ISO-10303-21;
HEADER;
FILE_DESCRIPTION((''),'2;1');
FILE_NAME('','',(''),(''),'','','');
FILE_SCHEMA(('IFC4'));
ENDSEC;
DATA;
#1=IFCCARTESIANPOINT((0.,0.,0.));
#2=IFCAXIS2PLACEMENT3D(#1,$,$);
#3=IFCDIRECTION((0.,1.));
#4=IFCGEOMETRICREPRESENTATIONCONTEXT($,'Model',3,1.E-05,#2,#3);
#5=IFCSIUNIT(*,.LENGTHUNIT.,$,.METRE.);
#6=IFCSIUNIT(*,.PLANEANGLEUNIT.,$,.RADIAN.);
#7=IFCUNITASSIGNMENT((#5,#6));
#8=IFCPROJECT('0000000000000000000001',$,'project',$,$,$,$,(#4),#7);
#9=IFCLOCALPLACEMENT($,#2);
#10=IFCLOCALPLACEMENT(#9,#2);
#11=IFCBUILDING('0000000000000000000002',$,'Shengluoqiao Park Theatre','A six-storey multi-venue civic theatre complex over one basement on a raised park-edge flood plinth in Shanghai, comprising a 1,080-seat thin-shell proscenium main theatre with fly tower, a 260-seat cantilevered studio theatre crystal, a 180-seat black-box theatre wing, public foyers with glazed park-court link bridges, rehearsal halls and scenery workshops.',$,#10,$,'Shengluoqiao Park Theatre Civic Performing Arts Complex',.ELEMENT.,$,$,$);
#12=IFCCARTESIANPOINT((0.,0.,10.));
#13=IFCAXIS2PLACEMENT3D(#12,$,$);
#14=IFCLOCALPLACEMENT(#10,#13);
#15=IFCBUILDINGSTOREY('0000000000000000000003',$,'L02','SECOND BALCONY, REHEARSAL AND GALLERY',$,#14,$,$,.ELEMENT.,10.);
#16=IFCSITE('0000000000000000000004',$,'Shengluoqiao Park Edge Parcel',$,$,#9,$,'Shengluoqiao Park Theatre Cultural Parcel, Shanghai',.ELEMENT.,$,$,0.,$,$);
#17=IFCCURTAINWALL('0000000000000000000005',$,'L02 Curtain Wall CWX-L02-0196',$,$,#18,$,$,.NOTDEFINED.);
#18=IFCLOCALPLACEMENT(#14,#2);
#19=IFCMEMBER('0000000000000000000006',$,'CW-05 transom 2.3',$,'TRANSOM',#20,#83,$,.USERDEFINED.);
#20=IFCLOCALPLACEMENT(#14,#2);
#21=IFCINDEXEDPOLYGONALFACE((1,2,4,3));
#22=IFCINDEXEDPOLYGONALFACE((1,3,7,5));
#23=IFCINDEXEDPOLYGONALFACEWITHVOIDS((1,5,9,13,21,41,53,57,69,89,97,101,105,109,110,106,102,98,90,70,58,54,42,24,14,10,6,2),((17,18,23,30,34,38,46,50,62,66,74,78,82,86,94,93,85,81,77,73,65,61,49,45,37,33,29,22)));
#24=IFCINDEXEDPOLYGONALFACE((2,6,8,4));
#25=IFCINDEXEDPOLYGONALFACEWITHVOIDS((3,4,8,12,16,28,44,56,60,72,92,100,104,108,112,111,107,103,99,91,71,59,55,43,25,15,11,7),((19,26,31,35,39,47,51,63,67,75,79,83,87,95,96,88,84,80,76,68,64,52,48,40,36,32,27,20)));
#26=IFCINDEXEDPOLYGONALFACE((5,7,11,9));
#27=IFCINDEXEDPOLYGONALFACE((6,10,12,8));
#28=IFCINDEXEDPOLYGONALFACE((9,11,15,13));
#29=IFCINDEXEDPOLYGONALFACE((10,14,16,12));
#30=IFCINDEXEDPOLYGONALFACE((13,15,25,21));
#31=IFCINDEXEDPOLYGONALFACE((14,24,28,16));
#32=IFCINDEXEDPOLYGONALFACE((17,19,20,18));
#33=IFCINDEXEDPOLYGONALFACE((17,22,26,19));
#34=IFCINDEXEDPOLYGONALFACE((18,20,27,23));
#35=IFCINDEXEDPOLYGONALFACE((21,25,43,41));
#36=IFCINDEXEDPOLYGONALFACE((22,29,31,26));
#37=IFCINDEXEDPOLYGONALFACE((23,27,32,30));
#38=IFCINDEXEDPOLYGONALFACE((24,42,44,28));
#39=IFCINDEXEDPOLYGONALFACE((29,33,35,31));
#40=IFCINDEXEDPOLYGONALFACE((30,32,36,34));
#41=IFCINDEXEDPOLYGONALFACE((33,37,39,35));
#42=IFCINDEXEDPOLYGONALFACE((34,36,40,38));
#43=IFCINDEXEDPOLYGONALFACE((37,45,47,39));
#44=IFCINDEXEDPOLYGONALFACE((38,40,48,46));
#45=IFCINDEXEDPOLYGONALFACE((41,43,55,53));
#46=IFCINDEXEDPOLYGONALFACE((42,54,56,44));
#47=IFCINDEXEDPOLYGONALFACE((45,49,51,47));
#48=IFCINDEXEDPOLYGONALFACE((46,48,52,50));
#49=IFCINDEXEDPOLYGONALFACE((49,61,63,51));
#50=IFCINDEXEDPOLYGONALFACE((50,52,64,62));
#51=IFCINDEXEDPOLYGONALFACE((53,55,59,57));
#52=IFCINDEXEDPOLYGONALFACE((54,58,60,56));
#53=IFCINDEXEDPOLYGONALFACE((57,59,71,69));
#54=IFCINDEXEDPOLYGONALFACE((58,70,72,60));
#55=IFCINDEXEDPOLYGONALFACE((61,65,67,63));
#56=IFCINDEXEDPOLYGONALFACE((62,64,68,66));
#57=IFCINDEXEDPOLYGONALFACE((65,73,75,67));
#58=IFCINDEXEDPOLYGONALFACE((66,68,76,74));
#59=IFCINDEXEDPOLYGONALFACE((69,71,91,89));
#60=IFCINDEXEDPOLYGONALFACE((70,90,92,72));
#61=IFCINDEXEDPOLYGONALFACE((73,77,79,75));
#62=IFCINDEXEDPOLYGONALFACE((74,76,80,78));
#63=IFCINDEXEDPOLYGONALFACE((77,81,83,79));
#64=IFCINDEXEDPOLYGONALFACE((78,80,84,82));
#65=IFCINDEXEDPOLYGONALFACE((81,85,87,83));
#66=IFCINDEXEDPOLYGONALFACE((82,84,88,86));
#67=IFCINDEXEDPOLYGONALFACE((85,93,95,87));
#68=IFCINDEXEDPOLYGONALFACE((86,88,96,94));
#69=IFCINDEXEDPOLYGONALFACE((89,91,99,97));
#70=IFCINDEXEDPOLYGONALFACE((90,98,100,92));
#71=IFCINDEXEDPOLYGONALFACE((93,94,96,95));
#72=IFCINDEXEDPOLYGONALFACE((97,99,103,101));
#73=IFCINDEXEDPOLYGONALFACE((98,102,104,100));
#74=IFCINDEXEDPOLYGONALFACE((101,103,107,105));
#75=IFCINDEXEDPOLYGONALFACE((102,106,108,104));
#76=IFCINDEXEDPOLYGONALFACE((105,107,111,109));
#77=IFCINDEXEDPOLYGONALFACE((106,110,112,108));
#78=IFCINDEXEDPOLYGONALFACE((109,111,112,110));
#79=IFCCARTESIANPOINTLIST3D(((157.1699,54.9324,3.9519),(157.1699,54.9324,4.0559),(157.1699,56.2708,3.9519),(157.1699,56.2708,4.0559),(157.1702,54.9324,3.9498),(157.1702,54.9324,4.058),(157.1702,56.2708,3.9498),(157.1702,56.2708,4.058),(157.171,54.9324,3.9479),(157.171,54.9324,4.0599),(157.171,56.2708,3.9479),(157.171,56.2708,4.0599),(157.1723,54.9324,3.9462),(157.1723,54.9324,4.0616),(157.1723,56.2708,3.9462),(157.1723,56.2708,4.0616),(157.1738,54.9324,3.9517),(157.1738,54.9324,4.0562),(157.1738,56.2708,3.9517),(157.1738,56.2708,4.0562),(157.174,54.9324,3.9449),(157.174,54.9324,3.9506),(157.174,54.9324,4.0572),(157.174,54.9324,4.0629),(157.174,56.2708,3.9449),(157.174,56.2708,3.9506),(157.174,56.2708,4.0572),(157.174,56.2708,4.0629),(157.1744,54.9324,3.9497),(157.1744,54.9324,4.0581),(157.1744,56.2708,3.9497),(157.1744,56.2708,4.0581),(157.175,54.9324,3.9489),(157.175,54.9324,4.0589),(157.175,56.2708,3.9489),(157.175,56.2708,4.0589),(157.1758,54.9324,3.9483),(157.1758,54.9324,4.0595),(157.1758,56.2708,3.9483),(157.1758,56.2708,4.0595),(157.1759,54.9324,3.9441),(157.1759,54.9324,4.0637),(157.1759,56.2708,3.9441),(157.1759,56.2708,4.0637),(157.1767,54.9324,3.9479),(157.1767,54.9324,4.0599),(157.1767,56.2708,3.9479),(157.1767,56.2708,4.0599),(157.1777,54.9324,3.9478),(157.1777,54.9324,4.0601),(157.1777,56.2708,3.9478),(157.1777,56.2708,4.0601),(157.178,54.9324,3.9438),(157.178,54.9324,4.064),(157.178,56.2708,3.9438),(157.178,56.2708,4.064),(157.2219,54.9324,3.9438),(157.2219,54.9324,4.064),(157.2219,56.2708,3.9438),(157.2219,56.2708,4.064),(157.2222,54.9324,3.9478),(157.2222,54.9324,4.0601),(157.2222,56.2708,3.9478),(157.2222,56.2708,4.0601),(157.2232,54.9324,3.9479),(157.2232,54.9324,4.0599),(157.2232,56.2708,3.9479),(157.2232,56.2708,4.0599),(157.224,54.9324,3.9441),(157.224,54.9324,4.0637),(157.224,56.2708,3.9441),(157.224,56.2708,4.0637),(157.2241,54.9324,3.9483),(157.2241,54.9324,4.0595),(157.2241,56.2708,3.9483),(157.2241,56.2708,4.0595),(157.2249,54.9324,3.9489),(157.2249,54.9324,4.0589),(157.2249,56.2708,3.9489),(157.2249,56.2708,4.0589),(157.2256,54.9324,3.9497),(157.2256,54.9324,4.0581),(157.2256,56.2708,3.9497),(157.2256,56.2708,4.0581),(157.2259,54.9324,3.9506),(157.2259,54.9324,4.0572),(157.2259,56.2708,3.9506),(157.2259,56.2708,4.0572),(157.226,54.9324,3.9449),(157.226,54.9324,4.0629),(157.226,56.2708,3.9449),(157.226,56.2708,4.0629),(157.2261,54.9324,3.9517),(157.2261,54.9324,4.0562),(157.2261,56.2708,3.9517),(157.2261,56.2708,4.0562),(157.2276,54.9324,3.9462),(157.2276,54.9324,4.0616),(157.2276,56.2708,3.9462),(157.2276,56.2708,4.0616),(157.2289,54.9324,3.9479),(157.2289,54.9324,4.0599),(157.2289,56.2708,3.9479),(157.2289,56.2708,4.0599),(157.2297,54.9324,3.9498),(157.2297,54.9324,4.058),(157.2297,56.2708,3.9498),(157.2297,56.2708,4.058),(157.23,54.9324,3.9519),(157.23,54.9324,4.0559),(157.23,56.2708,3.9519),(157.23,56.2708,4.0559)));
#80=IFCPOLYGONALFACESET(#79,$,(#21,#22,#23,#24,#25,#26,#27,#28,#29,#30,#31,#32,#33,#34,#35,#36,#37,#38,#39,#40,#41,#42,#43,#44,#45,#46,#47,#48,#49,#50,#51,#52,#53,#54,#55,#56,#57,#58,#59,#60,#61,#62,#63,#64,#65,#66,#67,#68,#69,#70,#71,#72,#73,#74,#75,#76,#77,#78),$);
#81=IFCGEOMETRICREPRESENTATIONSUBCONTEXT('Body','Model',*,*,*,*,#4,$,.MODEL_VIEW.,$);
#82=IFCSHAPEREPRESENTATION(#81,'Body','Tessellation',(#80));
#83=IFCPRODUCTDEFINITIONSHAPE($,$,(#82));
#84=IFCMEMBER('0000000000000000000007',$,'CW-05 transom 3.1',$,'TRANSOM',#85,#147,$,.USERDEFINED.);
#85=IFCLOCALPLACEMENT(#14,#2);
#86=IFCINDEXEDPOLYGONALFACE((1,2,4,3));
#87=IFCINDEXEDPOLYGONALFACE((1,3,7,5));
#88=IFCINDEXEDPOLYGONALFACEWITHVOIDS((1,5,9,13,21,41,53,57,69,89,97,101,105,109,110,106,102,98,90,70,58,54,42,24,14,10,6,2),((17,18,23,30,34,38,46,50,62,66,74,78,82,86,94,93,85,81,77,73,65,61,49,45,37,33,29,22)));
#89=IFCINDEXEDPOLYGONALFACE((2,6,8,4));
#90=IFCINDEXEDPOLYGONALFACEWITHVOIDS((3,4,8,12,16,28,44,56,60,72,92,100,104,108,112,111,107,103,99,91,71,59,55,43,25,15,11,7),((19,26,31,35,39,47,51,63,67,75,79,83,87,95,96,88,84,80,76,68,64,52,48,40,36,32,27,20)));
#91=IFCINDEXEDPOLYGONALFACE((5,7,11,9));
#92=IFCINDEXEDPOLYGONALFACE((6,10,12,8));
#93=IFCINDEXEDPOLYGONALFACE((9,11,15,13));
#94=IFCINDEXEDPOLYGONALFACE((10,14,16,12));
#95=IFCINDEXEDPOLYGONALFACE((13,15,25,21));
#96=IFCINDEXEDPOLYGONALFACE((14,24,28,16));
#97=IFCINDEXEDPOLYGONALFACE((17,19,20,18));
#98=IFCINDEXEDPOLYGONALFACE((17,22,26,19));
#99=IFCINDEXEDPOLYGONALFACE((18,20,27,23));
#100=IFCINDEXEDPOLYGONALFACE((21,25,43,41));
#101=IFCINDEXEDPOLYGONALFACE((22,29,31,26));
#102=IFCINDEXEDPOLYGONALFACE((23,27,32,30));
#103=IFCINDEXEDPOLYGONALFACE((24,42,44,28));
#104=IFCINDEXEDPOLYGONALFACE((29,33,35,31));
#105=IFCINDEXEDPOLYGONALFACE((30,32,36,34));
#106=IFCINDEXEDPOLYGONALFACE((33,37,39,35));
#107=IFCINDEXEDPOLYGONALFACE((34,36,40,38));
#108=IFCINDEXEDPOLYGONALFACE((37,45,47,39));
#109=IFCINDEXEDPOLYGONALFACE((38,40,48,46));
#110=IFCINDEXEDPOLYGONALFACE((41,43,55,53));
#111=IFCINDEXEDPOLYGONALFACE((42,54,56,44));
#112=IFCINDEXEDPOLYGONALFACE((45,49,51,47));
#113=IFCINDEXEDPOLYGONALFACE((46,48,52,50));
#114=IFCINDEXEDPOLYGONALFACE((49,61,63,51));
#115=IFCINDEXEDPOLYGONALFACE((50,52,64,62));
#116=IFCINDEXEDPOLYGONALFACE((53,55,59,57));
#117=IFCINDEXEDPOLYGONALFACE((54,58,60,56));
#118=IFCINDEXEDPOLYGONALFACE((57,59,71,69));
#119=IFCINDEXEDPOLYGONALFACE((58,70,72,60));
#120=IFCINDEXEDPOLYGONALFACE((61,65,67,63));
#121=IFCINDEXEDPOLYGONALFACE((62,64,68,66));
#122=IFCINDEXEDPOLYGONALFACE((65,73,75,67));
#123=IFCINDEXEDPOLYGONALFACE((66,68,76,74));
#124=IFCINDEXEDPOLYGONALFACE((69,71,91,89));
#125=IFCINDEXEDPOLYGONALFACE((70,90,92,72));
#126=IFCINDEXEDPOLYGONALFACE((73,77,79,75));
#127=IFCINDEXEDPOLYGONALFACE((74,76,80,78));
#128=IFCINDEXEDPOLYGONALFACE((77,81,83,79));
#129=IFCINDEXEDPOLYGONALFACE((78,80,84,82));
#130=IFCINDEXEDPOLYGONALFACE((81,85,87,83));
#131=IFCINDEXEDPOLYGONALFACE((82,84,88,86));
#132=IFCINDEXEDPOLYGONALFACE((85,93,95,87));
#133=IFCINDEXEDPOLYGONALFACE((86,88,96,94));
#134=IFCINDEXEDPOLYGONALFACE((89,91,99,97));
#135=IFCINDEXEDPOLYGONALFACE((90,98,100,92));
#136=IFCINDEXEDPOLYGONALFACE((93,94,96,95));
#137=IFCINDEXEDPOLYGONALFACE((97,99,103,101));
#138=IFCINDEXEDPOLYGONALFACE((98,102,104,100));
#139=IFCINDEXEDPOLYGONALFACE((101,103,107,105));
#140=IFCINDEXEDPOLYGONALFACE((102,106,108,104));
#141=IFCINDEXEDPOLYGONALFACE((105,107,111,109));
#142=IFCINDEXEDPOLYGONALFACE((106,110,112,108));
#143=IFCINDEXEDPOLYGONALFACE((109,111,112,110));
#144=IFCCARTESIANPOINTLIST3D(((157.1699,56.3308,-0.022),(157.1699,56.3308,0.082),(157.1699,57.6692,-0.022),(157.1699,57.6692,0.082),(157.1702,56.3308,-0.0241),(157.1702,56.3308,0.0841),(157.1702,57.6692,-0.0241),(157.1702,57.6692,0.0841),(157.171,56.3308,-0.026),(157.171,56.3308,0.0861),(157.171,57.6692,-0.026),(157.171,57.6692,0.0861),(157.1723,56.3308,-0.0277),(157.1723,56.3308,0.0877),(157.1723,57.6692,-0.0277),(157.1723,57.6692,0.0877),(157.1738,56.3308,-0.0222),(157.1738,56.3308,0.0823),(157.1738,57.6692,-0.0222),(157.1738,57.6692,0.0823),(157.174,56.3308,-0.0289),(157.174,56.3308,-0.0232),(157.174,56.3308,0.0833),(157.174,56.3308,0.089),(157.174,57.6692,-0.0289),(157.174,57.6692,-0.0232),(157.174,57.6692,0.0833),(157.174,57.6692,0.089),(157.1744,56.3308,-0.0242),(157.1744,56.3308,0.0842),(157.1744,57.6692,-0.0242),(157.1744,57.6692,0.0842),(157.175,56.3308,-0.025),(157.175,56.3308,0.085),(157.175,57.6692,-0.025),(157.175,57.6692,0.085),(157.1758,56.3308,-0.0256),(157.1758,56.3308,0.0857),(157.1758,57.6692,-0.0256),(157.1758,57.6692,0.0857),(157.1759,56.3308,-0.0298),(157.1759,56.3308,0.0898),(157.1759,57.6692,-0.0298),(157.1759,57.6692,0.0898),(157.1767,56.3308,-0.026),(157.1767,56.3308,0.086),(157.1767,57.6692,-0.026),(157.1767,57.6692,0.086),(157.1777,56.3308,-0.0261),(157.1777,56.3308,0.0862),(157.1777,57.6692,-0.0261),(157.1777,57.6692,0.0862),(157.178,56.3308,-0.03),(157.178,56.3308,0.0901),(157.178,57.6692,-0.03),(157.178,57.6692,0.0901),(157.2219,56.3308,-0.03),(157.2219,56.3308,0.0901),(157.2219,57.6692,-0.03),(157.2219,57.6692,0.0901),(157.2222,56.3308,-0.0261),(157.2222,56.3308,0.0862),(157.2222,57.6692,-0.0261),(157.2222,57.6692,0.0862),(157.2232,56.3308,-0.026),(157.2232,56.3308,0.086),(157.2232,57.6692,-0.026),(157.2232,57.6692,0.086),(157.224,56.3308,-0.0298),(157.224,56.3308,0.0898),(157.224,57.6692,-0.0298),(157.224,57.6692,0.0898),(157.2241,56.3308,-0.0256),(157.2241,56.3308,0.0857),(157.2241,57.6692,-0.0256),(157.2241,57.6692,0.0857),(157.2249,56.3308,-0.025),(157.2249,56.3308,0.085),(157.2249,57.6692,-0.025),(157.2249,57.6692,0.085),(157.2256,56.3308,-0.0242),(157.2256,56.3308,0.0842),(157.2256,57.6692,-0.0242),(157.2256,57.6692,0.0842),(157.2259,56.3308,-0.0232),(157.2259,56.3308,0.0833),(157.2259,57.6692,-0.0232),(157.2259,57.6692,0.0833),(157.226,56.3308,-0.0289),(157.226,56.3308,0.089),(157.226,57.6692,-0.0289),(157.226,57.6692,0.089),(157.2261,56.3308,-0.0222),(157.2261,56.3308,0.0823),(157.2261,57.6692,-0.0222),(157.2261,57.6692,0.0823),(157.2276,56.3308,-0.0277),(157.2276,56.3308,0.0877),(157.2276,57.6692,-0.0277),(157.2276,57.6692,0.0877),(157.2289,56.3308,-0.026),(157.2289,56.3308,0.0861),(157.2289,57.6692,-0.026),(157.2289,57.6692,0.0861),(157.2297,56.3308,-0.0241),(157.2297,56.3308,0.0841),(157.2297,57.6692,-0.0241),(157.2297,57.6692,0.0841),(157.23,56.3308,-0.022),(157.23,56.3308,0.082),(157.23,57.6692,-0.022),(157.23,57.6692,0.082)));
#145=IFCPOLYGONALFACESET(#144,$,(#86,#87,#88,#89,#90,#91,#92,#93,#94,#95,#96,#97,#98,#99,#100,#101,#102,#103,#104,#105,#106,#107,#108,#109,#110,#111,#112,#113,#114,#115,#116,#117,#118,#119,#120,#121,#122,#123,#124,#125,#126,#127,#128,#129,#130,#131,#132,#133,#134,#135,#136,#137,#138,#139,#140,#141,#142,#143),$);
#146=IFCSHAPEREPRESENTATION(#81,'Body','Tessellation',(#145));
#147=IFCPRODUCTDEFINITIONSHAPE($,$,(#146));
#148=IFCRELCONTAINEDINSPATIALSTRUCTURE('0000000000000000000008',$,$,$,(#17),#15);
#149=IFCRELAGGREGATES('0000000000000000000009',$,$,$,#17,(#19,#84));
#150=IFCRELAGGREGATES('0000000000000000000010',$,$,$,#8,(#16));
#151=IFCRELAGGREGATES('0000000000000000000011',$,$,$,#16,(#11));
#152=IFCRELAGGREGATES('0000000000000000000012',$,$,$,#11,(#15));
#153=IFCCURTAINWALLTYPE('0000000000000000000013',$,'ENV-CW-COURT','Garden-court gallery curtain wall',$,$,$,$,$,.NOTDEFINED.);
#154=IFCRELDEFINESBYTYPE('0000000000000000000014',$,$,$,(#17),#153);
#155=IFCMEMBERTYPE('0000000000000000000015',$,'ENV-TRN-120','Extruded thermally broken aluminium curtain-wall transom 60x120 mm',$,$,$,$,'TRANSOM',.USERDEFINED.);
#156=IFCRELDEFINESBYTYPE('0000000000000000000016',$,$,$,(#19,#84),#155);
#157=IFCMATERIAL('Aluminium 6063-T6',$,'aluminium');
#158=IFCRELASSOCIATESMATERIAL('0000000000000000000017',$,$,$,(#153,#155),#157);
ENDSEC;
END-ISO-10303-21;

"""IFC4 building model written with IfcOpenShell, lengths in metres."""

from ifc_helpers import new_model, si_unit, direction, frame, origin, origin_2d, place, context, subcontext, project, spatial, hollow_rectangle, extrude, material, material_profile, profile_set, type_object, element, aggregate, save


model = new_model("IFC4")

# Units and contexts
model_context = context("Model", 3, precision=1e-05, world=origin(), true_north=direction((0.0, 1.0)))
body_context = subcontext(model_context, "Body", "Model", "MODEL_VIEW")
ifc_project = project(units=[si_unit("LENGTHUNIT", "METRE"), si_unit("PLANEANGLEUNIT", "RADIAN")], contexts=[model_context])

# Site, building, storey
site_placement = place(None, origin())
site = spatial("IfcSite", under=ifc_project, at=site_placement, Name="Shengluoqiao Park Edge Parcel", LongName="Shengluoqiao Park Theatre Cultural Parcel, Shanghai", CompositionType="ELEMENT", RefElevation=0.0)
building_placement = place(site_placement, origin())
building = spatial("IfcBuilding", under=site, at=building_placement, Name="Shengluoqiao Park Theatre", Description="A six-storey multi-venue civic theatre complex over one basement on a raised park-edge flood plinth in Shanghai, comprising a 1,080-seat thin-shell proscenium main theatre with fly tower, a 260-seat cantilevered studio theatre crystal, a 180-seat black-box theatre wing, public foyers with glazed park-court link bridges, rehearsal halls and scenery workshops.", LongName="Shengluoqiao Park Theatre Civic Performing Arts Complex", CompositionType="ELEMENT")
storey_placement = place(building_placement, frame((0.0, 0.0, 10.0)))
storey = spatial("IfcBuildingStorey", under=building, at=storey_placement, Name="L02", Description="SECOND BALCONY, REHEARSAL AND GALLERY", CompositionType="ELEMENT", Elevation=10.0)

# Curtain wall, members
ifc_material_1 = material(Name="Aluminium 6063-T6", Category="aluminium")
curtain_wall_type = type_object("IfcCurtainWallType", Name="ENV-CW-COURT", Description="Garden-court gallery curtain wall", PredefinedType="NOTDEFINED", material=ifc_material_1)
curtain_wall_placement = place(storey_placement, origin())
curtain_wall = element("IfcCurtainWall", 1, at=curtain_wall_placement, inside=storey, type_object=curtain_wall_type, Name="L02 Curtain Wall CWX-L02-0196", PredefinedType="NOTDEFINED")
ifc_material_profile_1 = material_profile(ifc_material_1, hollow_rectangle(XDim=0.0601, YDim=0.1201, WallThickness=0.0039, InnerFilletRadius=0.0039, OuterFilletRadius=0.0081, at=origin_2d()), Name="ALU TRANSOM 120x60x4")
ifc_profile_set_1 = profile_set([ifc_material_profile_1], Name="Aluminium 6063-T6")
member_type_1 = type_object("IfcMemberType", Name="ENV-TRN-120", Description="Extruded thermally broken aluminium curtain-wall transom 60x120 mm", ElementType="TRANSOM", PredefinedType="USERDEFINED", material=ifc_profile_set_1)
member_1_placement = place(storey_placement, frame((157.2, 54.9324, 4.0039), z_axis=(0.0, 1.0, 0.0), x_axis=(-1.0, 0.0, 0.0)))
member_1 = element("IfcMember", 2, at=member_1_placement, type_object=member_type_1, Name="CW-05 transom 2.3", ObjectType="TRANSOM", PredefinedType="USERDEFINED", context=body_context, shape_type="SweptSolid", body=[
    extrude(hollow_rectangle(XDim=0.0601, YDim=0.1201, WallThickness=0.0039, InnerFilletRadius=0.0039, OuterFilletRadius=0.0081, at=origin_2d()), origin(), (0.0, 0.0, 1.0), 1.3384),
])
member_2_placement = place(storey_placement, frame((157.2, 56.3308, 0.03), z_axis=(0.0, 1.0, 0.0), x_axis=(-1.0, 0.0, 0.0)))
member_2 = element("IfcMember", 3, at=member_2_placement, type_object=member_type_1, Name="CW-05 transom 3.1", ObjectType="TRANSOM", PredefinedType="USERDEFINED", context=body_context, shape_type="SweptSolid", body=[
    extrude(hollow_rectangle(XDim=0.0601, YDim=0.1201, WallThickness=0.0039, InnerFilletRadius=0.0039, OuterFilletRadius=0.0081, at=origin_2d()), origin(), (0.0, 0.0, 1.0), 1.3384),
])
aggregate(curtain_wall, [member_1, member_2])

save(model, "model.ifc")
